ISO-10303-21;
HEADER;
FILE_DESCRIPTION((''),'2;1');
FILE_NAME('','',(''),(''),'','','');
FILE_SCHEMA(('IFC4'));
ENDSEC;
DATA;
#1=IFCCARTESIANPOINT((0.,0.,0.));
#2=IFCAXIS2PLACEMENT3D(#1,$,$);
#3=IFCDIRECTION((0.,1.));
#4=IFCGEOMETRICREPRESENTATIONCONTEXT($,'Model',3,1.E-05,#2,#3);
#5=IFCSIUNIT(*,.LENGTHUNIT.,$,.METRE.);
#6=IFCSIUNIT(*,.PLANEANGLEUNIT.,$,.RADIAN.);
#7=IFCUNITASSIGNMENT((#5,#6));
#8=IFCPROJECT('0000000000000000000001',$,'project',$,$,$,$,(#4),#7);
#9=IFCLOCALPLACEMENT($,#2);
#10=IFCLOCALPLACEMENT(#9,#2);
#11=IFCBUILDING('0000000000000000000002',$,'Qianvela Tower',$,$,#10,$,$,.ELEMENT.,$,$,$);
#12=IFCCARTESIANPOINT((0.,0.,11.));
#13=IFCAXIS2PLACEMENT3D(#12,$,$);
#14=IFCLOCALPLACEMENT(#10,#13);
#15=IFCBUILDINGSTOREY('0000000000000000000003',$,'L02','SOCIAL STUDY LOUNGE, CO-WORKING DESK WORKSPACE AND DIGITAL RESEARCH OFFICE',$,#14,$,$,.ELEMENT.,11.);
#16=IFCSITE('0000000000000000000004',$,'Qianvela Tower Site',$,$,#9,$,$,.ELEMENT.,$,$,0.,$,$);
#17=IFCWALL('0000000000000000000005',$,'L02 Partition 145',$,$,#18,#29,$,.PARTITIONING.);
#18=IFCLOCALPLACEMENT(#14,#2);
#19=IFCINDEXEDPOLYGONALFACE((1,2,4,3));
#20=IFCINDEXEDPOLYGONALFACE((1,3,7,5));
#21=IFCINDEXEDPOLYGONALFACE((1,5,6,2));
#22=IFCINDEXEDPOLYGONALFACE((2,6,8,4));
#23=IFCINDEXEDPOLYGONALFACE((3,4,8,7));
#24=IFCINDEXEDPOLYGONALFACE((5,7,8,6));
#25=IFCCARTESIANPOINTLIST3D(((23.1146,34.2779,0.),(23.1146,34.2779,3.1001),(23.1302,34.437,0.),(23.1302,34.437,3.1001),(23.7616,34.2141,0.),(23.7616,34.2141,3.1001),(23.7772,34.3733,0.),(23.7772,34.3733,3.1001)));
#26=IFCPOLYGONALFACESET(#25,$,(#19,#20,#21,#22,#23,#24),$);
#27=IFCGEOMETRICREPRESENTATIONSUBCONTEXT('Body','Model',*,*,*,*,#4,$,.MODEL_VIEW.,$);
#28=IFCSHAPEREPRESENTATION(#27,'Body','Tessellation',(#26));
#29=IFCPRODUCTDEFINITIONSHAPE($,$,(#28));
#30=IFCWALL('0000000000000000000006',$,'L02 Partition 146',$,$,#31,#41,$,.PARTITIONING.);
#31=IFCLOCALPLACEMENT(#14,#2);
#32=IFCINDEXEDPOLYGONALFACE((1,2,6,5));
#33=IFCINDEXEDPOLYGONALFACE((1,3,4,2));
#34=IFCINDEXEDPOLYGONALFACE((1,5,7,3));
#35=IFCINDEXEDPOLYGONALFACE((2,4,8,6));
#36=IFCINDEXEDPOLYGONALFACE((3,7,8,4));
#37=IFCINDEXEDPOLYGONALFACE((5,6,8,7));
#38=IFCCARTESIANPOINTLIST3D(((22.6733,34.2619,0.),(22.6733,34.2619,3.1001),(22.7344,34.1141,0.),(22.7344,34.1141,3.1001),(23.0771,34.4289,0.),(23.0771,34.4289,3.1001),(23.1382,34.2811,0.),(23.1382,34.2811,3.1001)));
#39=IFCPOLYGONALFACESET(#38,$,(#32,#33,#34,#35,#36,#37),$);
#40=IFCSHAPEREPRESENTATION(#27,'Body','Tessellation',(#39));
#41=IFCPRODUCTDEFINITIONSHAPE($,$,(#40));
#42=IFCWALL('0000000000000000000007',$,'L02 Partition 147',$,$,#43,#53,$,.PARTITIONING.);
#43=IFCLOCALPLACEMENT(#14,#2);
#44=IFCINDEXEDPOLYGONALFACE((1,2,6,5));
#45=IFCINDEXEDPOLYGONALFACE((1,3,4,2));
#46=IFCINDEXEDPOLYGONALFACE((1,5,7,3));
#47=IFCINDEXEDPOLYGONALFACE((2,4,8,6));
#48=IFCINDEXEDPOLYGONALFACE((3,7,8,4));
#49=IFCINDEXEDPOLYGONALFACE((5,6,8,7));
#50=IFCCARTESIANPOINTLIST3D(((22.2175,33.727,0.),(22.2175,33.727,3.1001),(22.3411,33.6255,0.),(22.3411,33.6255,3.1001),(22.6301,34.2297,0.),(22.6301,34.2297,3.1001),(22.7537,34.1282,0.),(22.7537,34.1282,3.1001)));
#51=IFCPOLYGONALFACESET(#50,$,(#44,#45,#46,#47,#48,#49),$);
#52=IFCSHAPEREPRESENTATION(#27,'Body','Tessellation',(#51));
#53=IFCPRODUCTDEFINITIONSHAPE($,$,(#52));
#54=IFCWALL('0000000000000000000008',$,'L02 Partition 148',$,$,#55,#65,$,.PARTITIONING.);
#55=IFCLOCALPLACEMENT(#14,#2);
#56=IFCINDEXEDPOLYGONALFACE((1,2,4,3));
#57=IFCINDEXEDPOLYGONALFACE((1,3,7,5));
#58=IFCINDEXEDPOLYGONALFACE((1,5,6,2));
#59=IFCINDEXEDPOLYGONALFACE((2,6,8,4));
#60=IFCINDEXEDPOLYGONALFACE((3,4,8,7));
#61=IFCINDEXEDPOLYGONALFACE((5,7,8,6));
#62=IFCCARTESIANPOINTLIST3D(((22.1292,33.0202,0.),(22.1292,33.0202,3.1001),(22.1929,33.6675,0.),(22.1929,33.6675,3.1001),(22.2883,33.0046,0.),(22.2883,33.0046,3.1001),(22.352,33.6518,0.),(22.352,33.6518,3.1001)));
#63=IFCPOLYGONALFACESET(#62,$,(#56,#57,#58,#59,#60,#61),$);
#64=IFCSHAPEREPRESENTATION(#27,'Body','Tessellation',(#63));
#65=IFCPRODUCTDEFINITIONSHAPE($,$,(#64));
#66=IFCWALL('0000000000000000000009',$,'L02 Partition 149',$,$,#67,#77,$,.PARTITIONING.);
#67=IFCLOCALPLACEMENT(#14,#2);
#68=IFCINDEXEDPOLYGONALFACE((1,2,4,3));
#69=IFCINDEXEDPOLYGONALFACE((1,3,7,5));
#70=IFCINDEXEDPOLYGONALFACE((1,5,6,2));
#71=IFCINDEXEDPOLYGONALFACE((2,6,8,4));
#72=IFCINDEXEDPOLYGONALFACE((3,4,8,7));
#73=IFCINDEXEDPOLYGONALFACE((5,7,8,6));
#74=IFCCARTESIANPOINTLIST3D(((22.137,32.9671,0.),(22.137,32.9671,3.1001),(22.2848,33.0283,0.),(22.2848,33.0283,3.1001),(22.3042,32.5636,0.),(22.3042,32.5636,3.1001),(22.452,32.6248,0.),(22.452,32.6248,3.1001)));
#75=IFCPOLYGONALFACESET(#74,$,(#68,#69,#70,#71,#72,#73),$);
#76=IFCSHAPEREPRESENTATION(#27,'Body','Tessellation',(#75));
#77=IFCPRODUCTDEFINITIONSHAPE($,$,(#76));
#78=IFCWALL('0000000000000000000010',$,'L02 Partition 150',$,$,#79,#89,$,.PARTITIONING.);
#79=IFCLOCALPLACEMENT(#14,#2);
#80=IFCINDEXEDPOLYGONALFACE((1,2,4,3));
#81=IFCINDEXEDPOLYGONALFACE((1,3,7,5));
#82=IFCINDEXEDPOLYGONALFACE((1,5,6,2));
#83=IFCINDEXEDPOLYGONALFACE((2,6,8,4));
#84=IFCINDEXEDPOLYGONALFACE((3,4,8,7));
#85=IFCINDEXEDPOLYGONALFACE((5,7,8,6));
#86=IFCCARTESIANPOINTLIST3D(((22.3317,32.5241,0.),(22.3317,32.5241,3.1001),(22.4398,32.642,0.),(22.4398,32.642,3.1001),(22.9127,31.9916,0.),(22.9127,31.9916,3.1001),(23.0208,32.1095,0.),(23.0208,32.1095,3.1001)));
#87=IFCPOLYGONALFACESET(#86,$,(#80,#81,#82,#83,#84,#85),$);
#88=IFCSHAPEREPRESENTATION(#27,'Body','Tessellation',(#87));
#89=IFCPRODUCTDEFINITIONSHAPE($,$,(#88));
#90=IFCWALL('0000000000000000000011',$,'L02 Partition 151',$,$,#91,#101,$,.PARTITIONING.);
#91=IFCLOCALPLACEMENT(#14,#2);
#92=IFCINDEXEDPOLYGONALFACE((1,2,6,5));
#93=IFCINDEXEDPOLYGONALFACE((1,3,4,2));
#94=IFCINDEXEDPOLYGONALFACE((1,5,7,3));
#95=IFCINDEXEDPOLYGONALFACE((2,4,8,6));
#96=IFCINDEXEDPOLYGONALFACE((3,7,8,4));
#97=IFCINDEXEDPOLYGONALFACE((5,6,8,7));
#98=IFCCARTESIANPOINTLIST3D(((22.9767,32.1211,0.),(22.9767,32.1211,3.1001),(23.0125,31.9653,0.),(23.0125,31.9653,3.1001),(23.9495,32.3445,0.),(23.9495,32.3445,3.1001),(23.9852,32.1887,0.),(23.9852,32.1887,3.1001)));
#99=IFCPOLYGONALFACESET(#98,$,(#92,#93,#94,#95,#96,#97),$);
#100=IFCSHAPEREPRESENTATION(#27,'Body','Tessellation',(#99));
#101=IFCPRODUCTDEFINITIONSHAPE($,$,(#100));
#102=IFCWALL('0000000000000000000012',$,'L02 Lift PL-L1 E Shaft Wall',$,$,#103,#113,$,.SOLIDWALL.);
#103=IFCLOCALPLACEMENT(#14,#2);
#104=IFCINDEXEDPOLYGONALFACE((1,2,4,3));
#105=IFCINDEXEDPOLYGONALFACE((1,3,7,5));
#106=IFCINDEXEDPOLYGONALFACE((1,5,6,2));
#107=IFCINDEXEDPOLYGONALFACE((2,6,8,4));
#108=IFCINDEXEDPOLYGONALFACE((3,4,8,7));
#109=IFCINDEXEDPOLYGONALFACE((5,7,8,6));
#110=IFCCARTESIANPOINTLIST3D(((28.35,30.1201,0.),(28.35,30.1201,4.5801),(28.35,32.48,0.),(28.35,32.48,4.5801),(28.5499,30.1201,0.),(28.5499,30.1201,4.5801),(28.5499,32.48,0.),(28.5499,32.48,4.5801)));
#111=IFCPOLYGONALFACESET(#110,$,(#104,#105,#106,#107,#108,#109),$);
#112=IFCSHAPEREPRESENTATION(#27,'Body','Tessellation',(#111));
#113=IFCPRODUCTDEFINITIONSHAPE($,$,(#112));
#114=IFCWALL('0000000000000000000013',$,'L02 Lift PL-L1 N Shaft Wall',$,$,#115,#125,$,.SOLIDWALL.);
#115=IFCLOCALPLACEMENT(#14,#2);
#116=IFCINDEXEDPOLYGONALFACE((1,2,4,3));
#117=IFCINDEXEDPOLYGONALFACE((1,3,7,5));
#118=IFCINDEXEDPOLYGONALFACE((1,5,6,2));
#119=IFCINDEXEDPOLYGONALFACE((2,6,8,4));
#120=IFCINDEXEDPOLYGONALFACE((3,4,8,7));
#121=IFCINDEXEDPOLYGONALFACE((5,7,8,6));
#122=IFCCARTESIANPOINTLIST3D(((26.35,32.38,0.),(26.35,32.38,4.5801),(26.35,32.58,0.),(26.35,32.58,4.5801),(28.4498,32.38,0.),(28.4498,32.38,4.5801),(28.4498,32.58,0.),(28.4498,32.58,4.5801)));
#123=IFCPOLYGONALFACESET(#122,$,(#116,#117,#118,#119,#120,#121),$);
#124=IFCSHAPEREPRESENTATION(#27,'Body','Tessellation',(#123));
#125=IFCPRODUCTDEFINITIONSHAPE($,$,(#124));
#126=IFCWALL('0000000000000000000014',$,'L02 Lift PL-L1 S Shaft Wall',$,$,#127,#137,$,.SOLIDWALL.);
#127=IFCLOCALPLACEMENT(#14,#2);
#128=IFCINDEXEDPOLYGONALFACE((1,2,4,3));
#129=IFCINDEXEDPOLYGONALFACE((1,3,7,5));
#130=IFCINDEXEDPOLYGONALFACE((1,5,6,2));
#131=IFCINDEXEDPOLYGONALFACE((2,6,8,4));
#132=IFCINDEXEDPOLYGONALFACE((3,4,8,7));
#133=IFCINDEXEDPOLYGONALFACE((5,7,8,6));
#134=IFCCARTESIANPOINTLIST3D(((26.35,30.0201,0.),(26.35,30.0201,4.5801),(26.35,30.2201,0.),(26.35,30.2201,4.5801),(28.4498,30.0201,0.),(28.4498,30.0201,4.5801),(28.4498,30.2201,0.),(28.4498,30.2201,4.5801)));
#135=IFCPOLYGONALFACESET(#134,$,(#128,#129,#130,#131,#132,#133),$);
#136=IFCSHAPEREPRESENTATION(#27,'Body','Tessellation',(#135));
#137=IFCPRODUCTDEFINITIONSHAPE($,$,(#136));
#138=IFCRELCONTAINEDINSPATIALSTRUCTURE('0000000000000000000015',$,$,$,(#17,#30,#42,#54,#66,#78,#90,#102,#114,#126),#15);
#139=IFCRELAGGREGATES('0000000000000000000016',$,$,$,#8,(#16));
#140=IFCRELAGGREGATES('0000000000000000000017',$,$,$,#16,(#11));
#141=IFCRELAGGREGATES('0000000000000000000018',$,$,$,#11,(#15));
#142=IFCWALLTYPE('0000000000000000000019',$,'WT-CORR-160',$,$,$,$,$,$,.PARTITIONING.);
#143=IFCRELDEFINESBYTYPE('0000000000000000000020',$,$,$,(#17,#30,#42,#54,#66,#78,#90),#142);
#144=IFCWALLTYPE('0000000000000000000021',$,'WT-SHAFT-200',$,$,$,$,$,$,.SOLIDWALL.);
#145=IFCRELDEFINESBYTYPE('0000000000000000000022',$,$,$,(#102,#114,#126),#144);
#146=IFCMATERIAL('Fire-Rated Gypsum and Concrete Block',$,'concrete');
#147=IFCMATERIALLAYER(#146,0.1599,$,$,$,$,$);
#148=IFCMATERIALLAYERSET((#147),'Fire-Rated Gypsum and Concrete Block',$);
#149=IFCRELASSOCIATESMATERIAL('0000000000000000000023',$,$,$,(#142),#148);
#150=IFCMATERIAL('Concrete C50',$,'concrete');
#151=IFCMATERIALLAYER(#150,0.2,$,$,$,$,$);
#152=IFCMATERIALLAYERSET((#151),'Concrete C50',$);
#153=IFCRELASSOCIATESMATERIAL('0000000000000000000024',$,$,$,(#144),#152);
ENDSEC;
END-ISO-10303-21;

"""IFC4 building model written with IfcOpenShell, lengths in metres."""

from ifc_helpers import new_model, si_unit, direction, frame, frame_2d, origin, place, context, subcontext, project, spatial, rectangle, extrude, material, layer, layer_set, type_object, element, save


model = new_model("IFC4")

# Units and contexts
model_context = context("Model", 3, precision=1e-05, world=origin(), true_north=direction((0.0, 1.0)))
body_context = subcontext(model_context, "Body", "Model", "MODEL_VIEW")
ifc_project = project(units=[si_unit("LENGTHUNIT", "METRE"), si_unit("PLANEANGLEUNIT", "RADIAN")], contexts=[model_context])

# Site, building, storey
site_placement = place(None, origin())
site = spatial("IfcSite", under=ifc_project, at=site_placement, Name="Qianvela Tower Site", CompositionType="ELEMENT", RefElevation=0.0)
building_placement = place(site_placement, origin())
building = spatial("IfcBuilding", under=site, at=building_placement, Name="Qianvela Tower", CompositionType="ELEMENT")
storey_placement = place(building_placement, frame((0.0, 0.0, 11.0)))
storey = spatial("IfcBuildingStorey", under=building, at=storey_placement, Name="L02", Description="SOCIAL STUDY LOUNGE, CO-WORKING DESK WORKSPACE AND DIGITAL RESEARCH OFFICE", CompositionType="ELEMENT", Elevation=11.0)

# Walls
ifc_material_1 = material(Name="Fire-Rated Gypsum and Concrete Block", Category="concrete")
ifc_layer_1 = layer(ifc_material_1, 0.1599)
ifc_layer_set_1 = layer_set([ifc_layer_1], Name="Fire-Rated Gypsum and Concrete Block")
wall_type_1 = type_object("IfcWallType", Name="WT-CORR-160", PredefinedType="PARTITIONING", material=ifc_layer_set_1)
wall_1_placement = place(storey_placement, frame((23.7695, 34.2937, 0.0), z_axis=(0.0, 0.0, 1.0), x_axis=(-0.995185, 0.098016, 0.0)))
element("IfcWall", 1, at=wall_1_placement, inside=storey, type_object=wall_type_1, Name="L02 Partition 145", PredefinedType="PARTITIONING", context=body_context, shape_type="SweptSolid", body=[
    extrude(rectangle(XDim=0.6501, YDim=0.1599, at=frame_2d((0.3252, 0.0))), origin(), (0.0, 0.0, 1.0), 3.1001),
])
wall_2_placement = place(storey_placement, frame((23.1077, 34.355, 0.0), z_axis=(0.0, 0.0, 1.0), x_axis=(-0.924098, -0.382154, 0.0)))
element("IfcWall", 2, at=wall_2_placement, inside=storey, type_object=wall_type_1, Name="L02 Partition 146", PredefinedType="PARTITIONING", context=body_context, shape_type="SweptSolid", body=[
    extrude(rectangle(XDim=0.437, YDim=0.1599, at=frame_2d((0.2185, 0.0))), origin(), (0.0, 0.0, 1.0), 3.1001),
])
for number, where, z_axis, x_axis, name in (
    (3, (22.6919, 34.179, 0.0), (0.0, 0.0, 1.0), (-0.634443, -0.77297, 0.0), "L02 Partition 147"),
    (4, (22.2725, 33.6597, 0.0), (0.0, 0.0, 1.0), (-0.09798, -0.995188, 0.0), "L02 Partition 148"),
):
    element("IfcWall", number, at=place(storey_placement, frame(where, z_axis=z_axis, x_axis=x_axis)), inside=storey, type_object=wall_type_1, Name=name, PredefinedType="PARTITIONING", context=body_context, shape_type="SweptSolid", body=[
        extrude(rectangle(XDim=0.6504, YDim=0.1599, at=frame_2d((0.3252, 0.0))), origin(), (0.0, 0.0, 1.0), 3.1001),
    ])
wall_3_placement = place(storey_placement, frame((22.2109, 32.9976, 0.0), z_axis=(0.0, 0.0, 1.0), x_axis=(0.382829, -0.923819, 0.0)))
element("IfcWall", 5, at=wall_3_placement, inside=storey, type_object=wall_type_1, Name="L02 Partition 149", PredefinedType="PARTITIONING", context=body_context, shape_type="SweptSolid", body=[
    extrude(rectangle(XDim=0.4368, YDim=0.1599, at=frame_2d((0.2183, 0.0))), origin(), (0.0, 0.0, 1.0), 3.1001),
])
wall_4_placement = place(storey_placement, frame((22.3857, 32.583, 0.0), z_axis=(0.0, 0.0, 1.0), x_axis=(0.737257, -0.675612, 0.0)))
element("IfcWall", 6, at=wall_4_placement, inside=storey, type_object=wall_type_1, Name="L02 Partition 150", PredefinedType="PARTITIONING", context=body_context, shape_type="SweptSolid", body=[
    extrude(rectangle(XDim=0.7881, YDim=0.1599, at=frame_2d((0.394, 0.0))), origin(), (0.0, 0.0, 1.0), 3.1001),
])
wall_5_placement = place(storey_placement, frame((22.9946, 32.0432, 0.0), z_axis=(0.0, 0.0, 1.0), x_axis=(0.974626, 0.223841, 0.0)))
element("IfcWall", 7, at=wall_5_placement, inside=storey, type_object=wall_type_1, Name="L02 Partition 151", PredefinedType="PARTITIONING", context=body_context, shape_type="SweptSolid", body=[
    extrude(rectangle(XDim=0.998, YDim=0.1599, at=frame_2d((0.499, 0.0))), origin(), (0.0, 0.0, 1.0), 3.1001),
])
ifc_material_2 = material(Name="Concrete C50", Category="concrete")
ifc_layer_2 = layer(ifc_material_2, 0.2)
ifc_layer_set_2 = layer_set([ifc_layer_2], Name="Concrete C50")
wall_type_2 = type_object("IfcWallType", Name="WT-SHAFT-200", PredefinedType="SOLIDWALL", material=ifc_layer_set_2)
wall_6_placement = place(storey_placement, frame((28.45, 30.1201, 0.0), z_axis=(0.0, 0.0, 1.0), x_axis=(0.0, 1.0, 0.0)))
element("IfcWall", 8, at=wall_6_placement, inside=storey, type_object=wall_type_2, Name="L02 Lift PL-L1 E Shaft Wall", PredefinedType="SOLIDWALL", context=body_context, shape_type="SweptSolid", body=[
    extrude(rectangle(XDim=2.3599, YDim=0.2, at=frame_2d((1.1799, 0.0))), origin(), (0.0, 0.0, 1.0), 4.5801),
])
for number, where, z_axis, x_axis, name in (
    (9, (26.3501, 32.48, 0.0), (0.0, 0.0, 1.0), (1.0, 0.0, 0.0), "L02 Lift PL-L1 N Shaft Wall"),
    (10, (26.3501, 30.1201, 0.0), (0.0, 0.0, 1.0), (1.0, 0.0, 0.0), "L02 Lift PL-L1 S Shaft Wall"),
):
    element("IfcWall", number, at=place(storey_placement, frame(where, z_axis=z_axis, x_axis=x_axis)), inside=storey, type_object=wall_type_2, Name=name, PredefinedType="SOLIDWALL", context=body_context, shape_type="SweptSolid", body=[
        extrude(rectangle(XDim=2.0999, YDim=0.2, at=frame_2d((1.0498, 0.0))), origin(), (0.0, 0.0, 1.0), 4.5801),
    ])

save(model, "model.ifc")
